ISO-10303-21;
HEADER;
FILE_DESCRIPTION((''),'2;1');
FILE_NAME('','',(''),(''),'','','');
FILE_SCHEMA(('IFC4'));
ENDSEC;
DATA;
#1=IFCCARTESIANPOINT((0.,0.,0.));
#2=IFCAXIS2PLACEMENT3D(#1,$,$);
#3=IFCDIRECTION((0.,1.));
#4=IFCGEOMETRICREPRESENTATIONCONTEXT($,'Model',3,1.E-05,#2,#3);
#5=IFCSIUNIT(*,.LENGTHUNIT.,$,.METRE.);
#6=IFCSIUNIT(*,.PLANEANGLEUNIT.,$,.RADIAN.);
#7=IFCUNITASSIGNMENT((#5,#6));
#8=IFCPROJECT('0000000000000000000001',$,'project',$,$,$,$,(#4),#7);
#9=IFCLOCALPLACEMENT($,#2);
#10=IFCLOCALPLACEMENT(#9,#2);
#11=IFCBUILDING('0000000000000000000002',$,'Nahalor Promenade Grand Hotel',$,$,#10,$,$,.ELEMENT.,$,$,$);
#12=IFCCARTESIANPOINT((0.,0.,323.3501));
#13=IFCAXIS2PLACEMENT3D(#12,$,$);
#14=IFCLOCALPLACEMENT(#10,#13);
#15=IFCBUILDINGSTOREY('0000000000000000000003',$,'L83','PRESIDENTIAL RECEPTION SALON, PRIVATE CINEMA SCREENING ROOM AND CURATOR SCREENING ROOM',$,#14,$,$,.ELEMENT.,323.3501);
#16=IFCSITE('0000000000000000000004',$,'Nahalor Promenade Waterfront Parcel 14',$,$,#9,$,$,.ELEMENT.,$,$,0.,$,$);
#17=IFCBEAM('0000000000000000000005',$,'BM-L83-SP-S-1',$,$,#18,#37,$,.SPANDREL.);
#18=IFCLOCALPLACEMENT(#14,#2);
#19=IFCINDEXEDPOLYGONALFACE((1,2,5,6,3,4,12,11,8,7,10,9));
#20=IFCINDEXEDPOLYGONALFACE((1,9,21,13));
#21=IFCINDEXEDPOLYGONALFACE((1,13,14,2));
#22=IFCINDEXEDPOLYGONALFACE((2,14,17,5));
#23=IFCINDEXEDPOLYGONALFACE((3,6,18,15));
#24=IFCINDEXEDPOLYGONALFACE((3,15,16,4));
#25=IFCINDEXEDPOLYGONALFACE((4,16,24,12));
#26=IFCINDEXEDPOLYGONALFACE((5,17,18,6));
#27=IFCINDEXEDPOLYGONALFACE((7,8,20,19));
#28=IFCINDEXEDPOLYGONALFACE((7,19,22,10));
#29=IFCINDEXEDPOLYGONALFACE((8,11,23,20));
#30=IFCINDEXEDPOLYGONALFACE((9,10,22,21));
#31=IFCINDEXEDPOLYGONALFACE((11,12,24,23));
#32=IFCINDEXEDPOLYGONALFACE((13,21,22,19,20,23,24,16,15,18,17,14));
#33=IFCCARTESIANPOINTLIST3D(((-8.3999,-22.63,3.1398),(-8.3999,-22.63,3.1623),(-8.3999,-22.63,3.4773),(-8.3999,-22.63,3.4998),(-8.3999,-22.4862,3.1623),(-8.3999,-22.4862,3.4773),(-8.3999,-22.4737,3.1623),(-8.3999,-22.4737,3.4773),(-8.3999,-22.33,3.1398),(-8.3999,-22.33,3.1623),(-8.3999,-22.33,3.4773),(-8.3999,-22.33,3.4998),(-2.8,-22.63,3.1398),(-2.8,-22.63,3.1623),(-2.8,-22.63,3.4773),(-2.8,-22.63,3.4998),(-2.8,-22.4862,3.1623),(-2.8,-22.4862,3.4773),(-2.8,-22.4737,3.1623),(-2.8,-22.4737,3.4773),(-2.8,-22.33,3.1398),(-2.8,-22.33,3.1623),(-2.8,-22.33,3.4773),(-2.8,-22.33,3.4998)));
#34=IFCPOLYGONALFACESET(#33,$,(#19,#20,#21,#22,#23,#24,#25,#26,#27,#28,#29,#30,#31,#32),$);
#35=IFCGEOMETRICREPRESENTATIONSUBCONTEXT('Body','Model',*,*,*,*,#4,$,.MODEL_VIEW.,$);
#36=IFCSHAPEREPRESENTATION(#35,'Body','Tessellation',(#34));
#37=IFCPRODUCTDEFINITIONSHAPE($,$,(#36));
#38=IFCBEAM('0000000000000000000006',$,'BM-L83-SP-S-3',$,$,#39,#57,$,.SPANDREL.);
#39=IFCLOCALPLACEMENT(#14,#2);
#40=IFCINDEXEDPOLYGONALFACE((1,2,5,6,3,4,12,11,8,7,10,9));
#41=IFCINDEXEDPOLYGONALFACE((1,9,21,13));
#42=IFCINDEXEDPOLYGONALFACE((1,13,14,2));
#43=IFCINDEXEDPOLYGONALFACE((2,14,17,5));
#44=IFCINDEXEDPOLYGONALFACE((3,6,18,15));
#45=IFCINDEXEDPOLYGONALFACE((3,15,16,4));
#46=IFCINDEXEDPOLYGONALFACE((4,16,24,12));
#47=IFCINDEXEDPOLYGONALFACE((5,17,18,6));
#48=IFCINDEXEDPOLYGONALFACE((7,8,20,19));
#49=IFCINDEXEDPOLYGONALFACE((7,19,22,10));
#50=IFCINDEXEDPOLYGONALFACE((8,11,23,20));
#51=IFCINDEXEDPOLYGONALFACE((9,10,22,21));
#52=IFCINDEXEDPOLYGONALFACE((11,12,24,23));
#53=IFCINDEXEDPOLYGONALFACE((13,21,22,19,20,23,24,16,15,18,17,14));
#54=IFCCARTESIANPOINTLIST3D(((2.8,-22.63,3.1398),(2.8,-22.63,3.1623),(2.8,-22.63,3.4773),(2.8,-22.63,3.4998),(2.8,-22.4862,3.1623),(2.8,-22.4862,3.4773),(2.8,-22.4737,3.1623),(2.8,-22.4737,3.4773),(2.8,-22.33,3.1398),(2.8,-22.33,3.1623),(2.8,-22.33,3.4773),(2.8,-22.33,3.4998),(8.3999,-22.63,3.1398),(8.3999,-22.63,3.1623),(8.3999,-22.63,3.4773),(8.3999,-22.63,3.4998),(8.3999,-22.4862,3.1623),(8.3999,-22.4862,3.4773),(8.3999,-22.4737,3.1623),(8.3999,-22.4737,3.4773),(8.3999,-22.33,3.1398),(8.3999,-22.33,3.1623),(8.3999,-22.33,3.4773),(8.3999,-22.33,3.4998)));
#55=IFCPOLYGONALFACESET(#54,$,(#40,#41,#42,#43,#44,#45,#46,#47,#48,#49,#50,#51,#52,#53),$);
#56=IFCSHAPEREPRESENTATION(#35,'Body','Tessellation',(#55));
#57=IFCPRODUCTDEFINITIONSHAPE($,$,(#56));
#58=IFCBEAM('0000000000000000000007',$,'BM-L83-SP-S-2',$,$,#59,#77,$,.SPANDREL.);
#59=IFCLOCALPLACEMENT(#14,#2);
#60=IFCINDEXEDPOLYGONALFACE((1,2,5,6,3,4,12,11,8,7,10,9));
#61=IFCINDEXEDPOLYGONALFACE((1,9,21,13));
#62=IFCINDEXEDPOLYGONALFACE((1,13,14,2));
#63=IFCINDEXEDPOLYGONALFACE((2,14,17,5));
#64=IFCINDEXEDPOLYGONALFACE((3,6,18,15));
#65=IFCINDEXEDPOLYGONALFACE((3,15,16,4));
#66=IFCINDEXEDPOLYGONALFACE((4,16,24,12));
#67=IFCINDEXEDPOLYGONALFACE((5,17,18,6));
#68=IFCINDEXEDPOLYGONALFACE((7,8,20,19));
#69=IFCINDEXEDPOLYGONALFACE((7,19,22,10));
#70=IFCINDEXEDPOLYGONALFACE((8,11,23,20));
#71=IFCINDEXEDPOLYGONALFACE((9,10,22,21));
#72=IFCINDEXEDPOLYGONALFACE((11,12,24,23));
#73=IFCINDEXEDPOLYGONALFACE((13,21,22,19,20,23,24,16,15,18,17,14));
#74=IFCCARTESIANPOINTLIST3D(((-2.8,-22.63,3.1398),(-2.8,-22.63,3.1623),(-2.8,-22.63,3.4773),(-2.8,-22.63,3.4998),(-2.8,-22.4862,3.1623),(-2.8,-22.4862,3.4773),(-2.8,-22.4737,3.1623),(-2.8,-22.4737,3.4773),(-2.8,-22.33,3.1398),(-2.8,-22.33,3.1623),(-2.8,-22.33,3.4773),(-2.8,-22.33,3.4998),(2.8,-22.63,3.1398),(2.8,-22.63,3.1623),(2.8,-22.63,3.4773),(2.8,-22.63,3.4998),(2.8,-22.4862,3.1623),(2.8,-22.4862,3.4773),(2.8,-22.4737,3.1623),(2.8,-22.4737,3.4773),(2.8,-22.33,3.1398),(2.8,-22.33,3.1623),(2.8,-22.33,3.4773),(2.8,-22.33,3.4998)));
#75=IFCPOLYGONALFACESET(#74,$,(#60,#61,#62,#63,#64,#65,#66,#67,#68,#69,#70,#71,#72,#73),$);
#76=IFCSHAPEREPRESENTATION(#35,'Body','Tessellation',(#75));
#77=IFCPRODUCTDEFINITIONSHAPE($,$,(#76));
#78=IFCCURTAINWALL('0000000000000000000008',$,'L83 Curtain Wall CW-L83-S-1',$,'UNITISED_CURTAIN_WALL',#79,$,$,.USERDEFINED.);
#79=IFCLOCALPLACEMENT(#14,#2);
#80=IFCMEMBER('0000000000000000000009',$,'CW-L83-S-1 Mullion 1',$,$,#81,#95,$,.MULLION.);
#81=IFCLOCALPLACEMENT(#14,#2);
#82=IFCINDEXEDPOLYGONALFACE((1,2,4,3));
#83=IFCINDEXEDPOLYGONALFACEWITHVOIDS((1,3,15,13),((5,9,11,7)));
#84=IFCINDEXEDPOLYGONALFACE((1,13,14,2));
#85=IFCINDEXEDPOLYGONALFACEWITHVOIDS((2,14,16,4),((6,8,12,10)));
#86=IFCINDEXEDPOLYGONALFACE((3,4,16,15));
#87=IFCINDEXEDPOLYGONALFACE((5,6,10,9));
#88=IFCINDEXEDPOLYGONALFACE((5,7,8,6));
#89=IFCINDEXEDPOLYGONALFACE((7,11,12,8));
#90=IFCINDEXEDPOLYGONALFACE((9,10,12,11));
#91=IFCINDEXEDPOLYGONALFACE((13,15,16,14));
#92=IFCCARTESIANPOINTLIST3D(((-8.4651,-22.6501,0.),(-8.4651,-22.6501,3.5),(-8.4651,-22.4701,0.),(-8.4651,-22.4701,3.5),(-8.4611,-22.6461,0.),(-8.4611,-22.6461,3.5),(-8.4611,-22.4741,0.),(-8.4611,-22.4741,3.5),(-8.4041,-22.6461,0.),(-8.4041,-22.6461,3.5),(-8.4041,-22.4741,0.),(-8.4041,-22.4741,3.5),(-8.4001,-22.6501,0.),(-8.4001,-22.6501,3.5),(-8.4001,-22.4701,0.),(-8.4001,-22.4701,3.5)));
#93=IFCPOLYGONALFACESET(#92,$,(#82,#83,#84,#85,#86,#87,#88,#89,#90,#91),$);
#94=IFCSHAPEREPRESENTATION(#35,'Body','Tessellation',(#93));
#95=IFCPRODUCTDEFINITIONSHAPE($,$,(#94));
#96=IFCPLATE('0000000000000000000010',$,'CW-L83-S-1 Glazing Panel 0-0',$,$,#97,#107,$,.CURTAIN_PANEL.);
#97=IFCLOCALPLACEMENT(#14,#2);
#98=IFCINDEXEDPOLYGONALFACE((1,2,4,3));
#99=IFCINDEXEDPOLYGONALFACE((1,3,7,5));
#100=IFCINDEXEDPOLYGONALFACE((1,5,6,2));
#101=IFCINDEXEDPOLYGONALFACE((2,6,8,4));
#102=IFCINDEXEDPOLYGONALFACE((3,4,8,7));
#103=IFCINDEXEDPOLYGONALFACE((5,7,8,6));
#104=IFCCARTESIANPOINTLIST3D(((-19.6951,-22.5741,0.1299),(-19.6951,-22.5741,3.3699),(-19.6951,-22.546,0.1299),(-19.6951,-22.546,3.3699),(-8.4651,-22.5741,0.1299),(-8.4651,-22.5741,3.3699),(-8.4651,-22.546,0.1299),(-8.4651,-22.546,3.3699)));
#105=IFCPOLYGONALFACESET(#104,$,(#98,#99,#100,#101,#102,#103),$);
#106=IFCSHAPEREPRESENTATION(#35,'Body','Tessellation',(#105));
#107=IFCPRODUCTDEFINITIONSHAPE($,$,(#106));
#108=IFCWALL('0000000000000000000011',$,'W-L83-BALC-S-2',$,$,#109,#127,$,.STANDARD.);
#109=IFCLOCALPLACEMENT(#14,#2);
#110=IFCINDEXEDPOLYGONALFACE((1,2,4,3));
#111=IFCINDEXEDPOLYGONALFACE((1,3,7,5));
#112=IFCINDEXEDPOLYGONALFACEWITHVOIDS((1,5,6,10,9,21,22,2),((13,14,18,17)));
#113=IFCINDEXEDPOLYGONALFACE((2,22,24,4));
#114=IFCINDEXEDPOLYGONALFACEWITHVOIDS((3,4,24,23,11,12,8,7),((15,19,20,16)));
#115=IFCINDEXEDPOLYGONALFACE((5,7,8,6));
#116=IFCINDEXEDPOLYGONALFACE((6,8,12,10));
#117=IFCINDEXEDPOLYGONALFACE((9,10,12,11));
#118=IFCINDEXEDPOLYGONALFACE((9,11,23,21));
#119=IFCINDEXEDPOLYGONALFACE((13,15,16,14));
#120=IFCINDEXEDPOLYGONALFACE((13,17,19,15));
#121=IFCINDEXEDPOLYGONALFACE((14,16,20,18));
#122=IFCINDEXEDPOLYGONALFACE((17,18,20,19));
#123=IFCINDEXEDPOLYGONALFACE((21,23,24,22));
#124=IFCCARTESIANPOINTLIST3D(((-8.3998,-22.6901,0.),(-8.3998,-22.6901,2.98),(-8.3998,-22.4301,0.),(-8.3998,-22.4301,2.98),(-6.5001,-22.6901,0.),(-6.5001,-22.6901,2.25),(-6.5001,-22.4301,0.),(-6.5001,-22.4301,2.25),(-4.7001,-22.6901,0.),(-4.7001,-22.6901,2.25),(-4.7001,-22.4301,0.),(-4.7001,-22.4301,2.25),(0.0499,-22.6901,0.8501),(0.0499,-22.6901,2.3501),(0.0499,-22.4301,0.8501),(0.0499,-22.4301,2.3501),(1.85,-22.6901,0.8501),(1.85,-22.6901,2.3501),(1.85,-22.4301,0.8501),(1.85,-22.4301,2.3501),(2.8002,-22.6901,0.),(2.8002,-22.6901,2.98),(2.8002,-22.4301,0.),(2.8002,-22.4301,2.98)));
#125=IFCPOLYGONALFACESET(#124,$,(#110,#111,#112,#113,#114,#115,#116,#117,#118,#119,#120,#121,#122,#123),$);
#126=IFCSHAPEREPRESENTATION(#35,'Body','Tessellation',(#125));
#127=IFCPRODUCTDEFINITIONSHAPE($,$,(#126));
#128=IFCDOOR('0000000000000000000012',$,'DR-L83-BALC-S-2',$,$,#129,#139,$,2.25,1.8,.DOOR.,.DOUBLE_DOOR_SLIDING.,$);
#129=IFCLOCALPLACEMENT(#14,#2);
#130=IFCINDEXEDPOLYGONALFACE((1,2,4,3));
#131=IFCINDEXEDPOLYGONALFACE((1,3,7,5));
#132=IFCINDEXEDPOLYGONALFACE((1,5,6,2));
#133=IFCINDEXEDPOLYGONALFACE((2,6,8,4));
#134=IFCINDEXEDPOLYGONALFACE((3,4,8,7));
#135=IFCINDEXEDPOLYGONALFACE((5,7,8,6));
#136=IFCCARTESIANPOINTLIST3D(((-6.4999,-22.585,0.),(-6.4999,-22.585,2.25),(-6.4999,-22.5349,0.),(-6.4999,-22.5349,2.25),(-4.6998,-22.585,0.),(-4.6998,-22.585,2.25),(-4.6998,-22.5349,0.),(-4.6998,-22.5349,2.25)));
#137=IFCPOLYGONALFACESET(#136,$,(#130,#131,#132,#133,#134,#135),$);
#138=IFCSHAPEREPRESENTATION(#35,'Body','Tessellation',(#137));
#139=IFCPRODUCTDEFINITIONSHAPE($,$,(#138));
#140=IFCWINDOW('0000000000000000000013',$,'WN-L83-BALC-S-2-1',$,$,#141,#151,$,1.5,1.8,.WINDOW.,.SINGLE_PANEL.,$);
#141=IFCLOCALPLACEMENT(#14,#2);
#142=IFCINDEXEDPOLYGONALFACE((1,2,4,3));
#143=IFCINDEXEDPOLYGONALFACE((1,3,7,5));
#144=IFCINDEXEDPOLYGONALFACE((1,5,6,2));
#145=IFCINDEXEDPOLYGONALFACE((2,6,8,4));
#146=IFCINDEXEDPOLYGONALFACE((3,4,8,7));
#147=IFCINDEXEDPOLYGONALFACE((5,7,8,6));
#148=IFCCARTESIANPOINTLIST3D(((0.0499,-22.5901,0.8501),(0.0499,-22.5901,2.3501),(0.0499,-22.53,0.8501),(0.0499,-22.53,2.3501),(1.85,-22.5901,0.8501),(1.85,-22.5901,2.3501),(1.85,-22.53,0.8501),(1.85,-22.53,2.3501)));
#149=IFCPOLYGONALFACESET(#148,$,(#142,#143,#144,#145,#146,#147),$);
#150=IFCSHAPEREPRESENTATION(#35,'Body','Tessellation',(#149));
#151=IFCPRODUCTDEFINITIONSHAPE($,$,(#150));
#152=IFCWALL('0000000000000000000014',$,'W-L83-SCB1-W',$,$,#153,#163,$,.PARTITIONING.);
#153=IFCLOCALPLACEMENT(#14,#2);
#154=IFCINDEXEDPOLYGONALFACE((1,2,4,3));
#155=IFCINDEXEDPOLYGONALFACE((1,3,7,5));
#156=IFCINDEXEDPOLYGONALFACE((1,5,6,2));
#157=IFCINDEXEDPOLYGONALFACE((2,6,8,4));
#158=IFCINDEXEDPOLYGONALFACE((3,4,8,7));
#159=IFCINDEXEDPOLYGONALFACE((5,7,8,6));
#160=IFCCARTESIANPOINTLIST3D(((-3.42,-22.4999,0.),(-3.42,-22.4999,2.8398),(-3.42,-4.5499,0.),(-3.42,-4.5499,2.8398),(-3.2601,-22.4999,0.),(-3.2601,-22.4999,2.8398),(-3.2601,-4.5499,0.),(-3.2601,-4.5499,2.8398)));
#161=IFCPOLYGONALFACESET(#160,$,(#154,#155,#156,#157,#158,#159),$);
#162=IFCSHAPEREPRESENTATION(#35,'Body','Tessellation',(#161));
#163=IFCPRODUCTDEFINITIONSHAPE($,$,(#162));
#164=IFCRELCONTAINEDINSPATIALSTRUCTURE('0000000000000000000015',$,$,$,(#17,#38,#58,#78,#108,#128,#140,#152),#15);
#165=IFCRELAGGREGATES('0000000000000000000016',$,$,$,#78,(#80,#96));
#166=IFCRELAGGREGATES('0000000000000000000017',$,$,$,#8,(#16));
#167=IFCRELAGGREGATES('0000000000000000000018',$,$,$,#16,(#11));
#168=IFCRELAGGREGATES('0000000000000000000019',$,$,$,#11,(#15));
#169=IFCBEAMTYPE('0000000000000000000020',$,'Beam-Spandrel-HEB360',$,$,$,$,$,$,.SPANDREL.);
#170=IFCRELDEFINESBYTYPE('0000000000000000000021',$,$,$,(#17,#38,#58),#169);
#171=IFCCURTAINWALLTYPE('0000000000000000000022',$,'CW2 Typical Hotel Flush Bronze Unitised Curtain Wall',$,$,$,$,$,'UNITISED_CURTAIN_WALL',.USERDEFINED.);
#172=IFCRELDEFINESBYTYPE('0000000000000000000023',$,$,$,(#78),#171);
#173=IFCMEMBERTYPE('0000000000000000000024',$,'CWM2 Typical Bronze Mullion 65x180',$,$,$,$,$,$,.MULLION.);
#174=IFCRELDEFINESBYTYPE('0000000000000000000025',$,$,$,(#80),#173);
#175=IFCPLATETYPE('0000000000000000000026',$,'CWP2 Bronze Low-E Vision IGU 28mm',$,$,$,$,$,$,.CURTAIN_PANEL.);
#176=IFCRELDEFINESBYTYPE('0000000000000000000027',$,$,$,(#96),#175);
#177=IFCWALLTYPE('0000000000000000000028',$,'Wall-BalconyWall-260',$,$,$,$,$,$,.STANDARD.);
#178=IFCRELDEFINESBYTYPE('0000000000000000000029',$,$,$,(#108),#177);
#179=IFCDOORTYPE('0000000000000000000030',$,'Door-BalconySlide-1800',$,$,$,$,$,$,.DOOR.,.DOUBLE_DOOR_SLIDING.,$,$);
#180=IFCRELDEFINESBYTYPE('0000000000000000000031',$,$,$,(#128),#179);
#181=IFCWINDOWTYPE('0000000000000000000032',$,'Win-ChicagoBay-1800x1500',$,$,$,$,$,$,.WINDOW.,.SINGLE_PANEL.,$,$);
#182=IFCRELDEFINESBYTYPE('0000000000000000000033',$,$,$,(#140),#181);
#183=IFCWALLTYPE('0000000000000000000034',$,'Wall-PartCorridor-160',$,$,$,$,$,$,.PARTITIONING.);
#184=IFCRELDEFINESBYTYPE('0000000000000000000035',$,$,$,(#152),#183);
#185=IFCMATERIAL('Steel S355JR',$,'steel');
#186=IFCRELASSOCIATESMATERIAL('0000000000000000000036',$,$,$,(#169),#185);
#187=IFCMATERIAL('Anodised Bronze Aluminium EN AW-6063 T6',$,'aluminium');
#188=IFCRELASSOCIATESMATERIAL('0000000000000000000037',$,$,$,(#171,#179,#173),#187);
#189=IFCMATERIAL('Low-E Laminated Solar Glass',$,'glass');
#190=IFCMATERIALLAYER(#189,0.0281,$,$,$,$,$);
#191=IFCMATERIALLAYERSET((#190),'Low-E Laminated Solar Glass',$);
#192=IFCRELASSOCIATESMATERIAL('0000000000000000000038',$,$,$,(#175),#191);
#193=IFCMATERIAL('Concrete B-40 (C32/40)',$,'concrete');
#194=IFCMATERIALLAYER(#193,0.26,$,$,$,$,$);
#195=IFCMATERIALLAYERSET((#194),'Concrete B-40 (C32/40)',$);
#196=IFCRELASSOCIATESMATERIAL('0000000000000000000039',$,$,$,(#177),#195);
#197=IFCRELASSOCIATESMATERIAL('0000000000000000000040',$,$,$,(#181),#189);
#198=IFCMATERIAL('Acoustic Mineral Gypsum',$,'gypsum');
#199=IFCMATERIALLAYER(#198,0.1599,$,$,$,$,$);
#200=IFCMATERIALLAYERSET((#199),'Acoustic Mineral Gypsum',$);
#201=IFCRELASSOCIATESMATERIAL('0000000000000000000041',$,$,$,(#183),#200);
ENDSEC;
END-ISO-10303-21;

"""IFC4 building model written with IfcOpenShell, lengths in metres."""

from ifc_helpers import new_model, si_unit, direction, frame, frame_2d, origin, origin_2d, place, context, subcontext, project, spatial, rectangle, hollow_rectangle, i_section, extrude, source, transform, mapped, material, layer, layer_set, material_profile, profile_set, type_object, element, fill, aggregate, save


model = new_model("IFC4")

# Units and contexts
model_context = context("Model", 3, precision=1e-05, world=origin(), true_north=direction((0.0, 1.0)))
body_context = subcontext(model_context, "Body", "Model", "MODEL_VIEW")
ifc_project = project(units=[si_unit("LENGTHUNIT", "METRE"), si_unit("PLANEANGLEUNIT", "RADIAN")], contexts=[model_context])

# Site, building, storey
site_placement = place(None, origin())
site = spatial("IfcSite", under=ifc_project, at=site_placement, Name="Nahalor Promenade Waterfront Parcel 14", CompositionType="ELEMENT", RefElevation=0.0)
building_placement = place(site_placement, origin())
building = spatial("IfcBuilding", under=site, at=building_placement, Name="Nahalor Promenade Grand Hotel", CompositionType="ELEMENT")
storey_placement = place(building_placement, frame((0.0, 0.0, 323.3501)))
storey = spatial("IfcBuildingStorey", under=building, at=storey_placement, Name="L83", Description="PRESIDENTIAL RECEPTION SALON, PRIVATE CINEMA SCREENING ROOM AND CURATOR SCREENING ROOM", CompositionType="ELEMENT", Elevation=323.3501)

# Shared definitions
ifc_material_1 = material(Name="Steel S355JR", Category="steel")

# Beams
ifc_material_profile_1 = material_profile(ifc_material_1, i_section(OverallWidth=0.3, OverallDepth=0.36, WebThickness=0.0125, FlangeThickness=0.0225, at=origin_2d()), Name="HEB 360")
ifc_profile_set_1 = profile_set([ifc_material_profile_1], Name="Steel S355JR")
beam_type_1 = type_object("IfcBeamType", Name="Beam-Spandrel-HEB360", PredefinedType="SPANDREL", material=ifc_profile_set_1)
shared_shape_1 = source(origin(), body_context, "Body", "SweptSolid", [
    extrude(i_section(OverallWidth=0.3, OverallDepth=0.36, WebThickness=0.0125, FlangeThickness=0.0225, at=origin_2d()), origin(), (0.0, 0.0, 1.0), 5.5999),
])
for number, where, z_axis, x_axis, name in (
    (1, (-8.3999, -22.48, 3.3198), (1.0, 0.0, 0.0), (0.0, 1.0, 0.0), "BM-L83-SP-S-1"),
    (2, (2.8, -22.48, 3.3198), (1.0, 0.0, 0.0), (0.0, 1.0, 0.0), "BM-L83-SP-S-3"),
):
    element("IfcBeam", number, at=place(storey_placement, frame(where, z_axis=z_axis, x_axis=x_axis)), inside=storey, type_object=beam_type_1, Name=name, PredefinedType="SPANDREL", context=body_context, shape_type="MappedRepresentation", body=[
        mapped(shared_shape_1, transform((0.0, 0.0, 0.0), scale=1.0)),
    ])
shared_shape_2 = source(origin(), body_context, "Body", "SweptSolid", [
    extrude(i_section(OverallWidth=0.3, OverallDepth=0.36, WebThickness=0.0125, FlangeThickness=0.0225, at=origin_2d()), origin(), (0.0, 0.0, 1.0), 5.6001),
])
beam_1_placement = place(storey_placement, frame((-2.8, -22.48, 3.3198), z_axis=(1.0, 0.0, 0.0), x_axis=(0.0, 1.0, 0.0)))
element("IfcBeam", 3, at=beam_1_placement, inside=storey, type_object=beam_type_1, Name="BM-L83-SP-S-2", PredefinedType="SPANDREL", context=body_context, shape_type="MappedRepresentation", body=[
    mapped(shared_shape_2, transform((0.0, 0.0, 0.0), scale=1.0)),
])

# Curtain wall, member, plate
ifc_material_2 = material(Name="Anodised Bronze Aluminium EN AW-6063 T6", Category="aluminium")
curtain_wall_type = type_object("IfcCurtainWallType", Name="CW2 Typical Hotel Flush Bronze Unitised Curtain Wall", ElementType="UNITISED_CURTAIN_WALL", PredefinedType="USERDEFINED", material=ifc_material_2)
curtain_wall_placement = place(storey_placement, origin())
curtain_wall = element("IfcCurtainWall", 4, at=curtain_wall_placement, inside=storey, type_object=curtain_wall_type, Name="L83 Curtain Wall CW-L83-S-1", ObjectType="UNITISED_CURTAIN_WALL", PredefinedType="USERDEFINED")
ifc_material_profile_2 = material_profile(ifc_material_2, hollow_rectangle(XDim=0.065, YDim=0.18, WallThickness=0.004, at=origin_2d()), Name="CWM 65x180x4")
ifc_profile_set_2 = profile_set([ifc_material_profile_2], Name="Anodised Bronze Aluminium EN AW-6063 T6")
member_type = type_object("IfcMemberType", Name="CWM2 Typical Bronze Mullion 65x180", PredefinedType="MULLION", material=ifc_profile_set_2)
shared_shape_3 = source(origin(), body_context, "Body", "SweptSolid", [
    extrude(hollow_rectangle(XDim=0.065, YDim=0.18, WallThickness=0.004, at=origin_2d()), origin(), (0.0, 0.0, 1.0), 3.5),
])
member_placement = place(storey_placement, frame((-8.4326, -22.5601, 0.0), z_axis=(0.0, 0.0, 1.0), x_axis=(1.0, 0.0, 0.0)))
member = element("IfcMember", 5, at=member_placement, type_object=member_type, Name="CW-L83-S-1 Mullion 1", PredefinedType="MULLION", context=body_context, shape_type="MappedRepresentation", body=[
    mapped(shared_shape_3, transform((0.0, 0.0, 0.0), scale=1.0)),
])
ifc_material_3 = material(Name="Low-E Laminated Solar Glass", Category="glass")
ifc_layer_1 = layer(ifc_material_3, 0.0281)
ifc_layer_set_1 = layer_set([ifc_layer_1], Name="Low-E Laminated Solar Glass")
plate_type = type_object("IfcPlateType", Name="CWP2 Bronze Low-E Vision IGU 28mm", PredefinedType="CURTAIN_PANEL", material=ifc_layer_set_1)
shared_shape_4 = source(origin(), body_context, "Body", "SweptSolid", [
    extrude(rectangle(XDim=11.23, YDim=0.0281, at=origin_2d()), origin(), (0.0, 0.0, 1.0), 3.24),
])
plate_placement = place(storey_placement, frame((-14.0801, -22.5601, 0.1299), z_axis=(0.0, 0.0, 1.0), x_axis=(1.0, 0.0, 0.0)))
plate = element("IfcPlate", 6, at=plate_placement, type_object=plate_type, Name="CW-L83-S-1 Glazing Panel 0-0", PredefinedType="CURTAIN_PANEL", context=body_context, shape_type="MappedRepresentation", body=[
    mapped(shared_shape_4, transform((0.0, 0.0, 0.0), scale=1.0)),
])
aggregate(curtain_wall, [member, plate])

# Wall, openings, door, window
ifc_material_4 = material(Name="Concrete B-40 (C32/40)", Category="concrete")
ifc_layer_2 = layer(ifc_material_4, 0.26)
ifc_layer_set_2 = layer_set([ifc_layer_2], Name="Concrete B-40 (C32/40)")
wall_type_1 = type_object("IfcWallType", Name="Wall-BalconyWall-260", PredefinedType="STANDARD", material=ifc_layer_set_2)
shared_shape_5 = source(origin(), body_context, "Body", "SweptSolid", [
    extrude(rectangle(XDim=11.2, YDim=0.26, at=frame_2d((5.6001, 0.0))), origin(), (0.0, 0.0, 1.0), 2.98),
])
wall_placement = place(storey_placement, frame((-8.3999, -22.5601, 0.0), z_axis=(0.0, 0.0, 1.0), x_axis=(1.0, 0.0, 0.0)))
wall = element("IfcWall", 7, at=wall_placement, inside=storey, type_object=wall_type_1, Name="W-L83-BALC-S-2", PredefinedType="STANDARD", context=body_context, shape_type="MappedRepresentation", body=[
    mapped(shared_shape_5, transform((0.0, 0.0, 0.0), scale=1.0)),
])
opening_1_placement = place(wall_placement, frame((1.8999, 0.0, 0.0)))
opening_1 = element("IfcOpeningElement", 8, at=opening_1_placement, cuts=wall, PredefinedType="OPENING", context=body_context, shape_type="SweptSolid", body=[
    extrude(rectangle(XDim=1.8, YDim=2.25, at=frame_2d((0.8999, 1.125))), frame((0.0, 0.1399, 0.0), z_axis=(0.0, -1.0, 0.0), x_axis=(1.0, 0.0, 0.0)), (0.0, 0.0, 1.0), 0.28),
])
opening_2_placement = place(wall_placement, frame((8.45, 0.0, 0.8501)))
opening_2 = element("IfcOpeningElement", 9, at=opening_2_placement, cuts=wall, PredefinedType="OPENING", context=body_context, shape_type="SweptSolid", body=[
    extrude(rectangle(XDim=1.8, YDim=1.5, at=frame_2d((0.8999, 0.75))), frame((0.0, 0.1399, 0.0), z_axis=(0.0, -1.0, 0.0), x_axis=(1.0, 0.0, 0.0)), (0.0, 0.0, 1.0), 0.28),
])
door_type = type_object("IfcDoorType", Name="Door-BalconySlide-1800", OperationType="DOUBLE_DOOR_SLIDING", PredefinedType="DOOR", material=ifc_material_2)
shared_shape_6 = source(origin(), body_context, "Body", "SweptSolid", [
    extrude(rectangle(XDim=1.8, YDim=2.25, at=frame_2d((0.8999, 1.125))), frame((0.0, 0.0249, 0.0), z_axis=(0.0, -1.0, 0.0), x_axis=(1.0, 0.0, 0.0)), (0.0, 0.0, 1.0), 0.05),
])
door_placement = place(opening_1_placement, frame((1.8, 0.0, 0.0), z_axis=(0.0, 0.0, 1.0), x_axis=(-1.0, 0.0, 0.0)))
door = element("IfcDoor", 10, at=door_placement, inside=storey, type_object=door_type, Name="DR-L83-BALC-S-2", OperationType="DOUBLE_DOOR_SLIDING", OverallHeight=2.25, OverallWidth=1.8, PredefinedType="DOOR", context=body_context, shape_type="MappedRepresentation", body=[
    mapped(shared_shape_6, transform((0.0, 0.0, 0.0), scale=1.0)),
])
fill(opening_1, door)
window_type = type_object("IfcWindowType", Name="Win-ChicagoBay-1800x1500", PartitioningType="SINGLE_PANEL", PredefinedType="WINDOW", material=ifc_material_3)
shared_shape_7 = source(origin(), body_context, "Body", "SweptSolid", [
    extrude(rectangle(XDim=1.8, YDim=1.5, at=frame_2d((0.8999, 0.75))), frame((0.0, 0.03, 0.0), z_axis=(0.0, -1.0, 0.0), x_axis=(1.0, 0.0, 0.0)), (0.0, 0.0, 1.0), 0.0601),
])
window_placement = place(opening_2_placement, origin())
window = element("IfcWindow", 11, at=window_placement, inside=storey, type_object=window_type, Name="WN-L83-BALC-S-2-1", OverallHeight=1.5, OverallWidth=1.8, PartitioningType="SINGLE_PANEL", PredefinedType="WINDOW", context=body_context, shape_type="MappedRepresentation", body=[
    mapped(shared_shape_7, transform((0.0, 0.0, 0.0), scale=1.0)),
])
fill(opening_2, window)

# Wall
ifc_material_5 = material(Name="Acoustic Mineral Gypsum", Category="gypsum")
ifc_layer_3 = layer(ifc_material_5, 0.1599)
ifc_layer_set_3 = layer_set([ifc_layer_3], Name="Acoustic Mineral Gypsum")
wall_type_2 = type_object("IfcWallType", Name="Wall-PartCorridor-160", PredefinedType="PARTITIONING", material=ifc_layer_set_3)
shared_shape_8 = source(origin(), body_context, "Body", "SweptSolid", [
    extrude(rectangle(XDim=17.95, YDim=0.1599, at=frame_2d((8.9751, 0.0))), origin(), (0.0, 0.0, 1.0), 2.8398),
])
for number, where, z_axis, x_axis, name in (
    (12, (-3.3401, -22.5, 0.0), (0.0, 0.0, 1.0), (0.0, 1.0, 0.0), "W-L83-SCB1-W"),
):
    element("IfcWall", number, at=place(storey_placement, frame(where, z_axis=z_axis, x_axis=x_axis)), inside=storey, type_object=wall_type_2, Name=name, PredefinedType="PARTITIONING", context=body_context, shape_type="MappedRepresentation", body=[
        mapped(shared_shape_8, transform((0.0, 0.0, 0.0), scale=1.0)),
    ])

save(model, "model.ifc")
